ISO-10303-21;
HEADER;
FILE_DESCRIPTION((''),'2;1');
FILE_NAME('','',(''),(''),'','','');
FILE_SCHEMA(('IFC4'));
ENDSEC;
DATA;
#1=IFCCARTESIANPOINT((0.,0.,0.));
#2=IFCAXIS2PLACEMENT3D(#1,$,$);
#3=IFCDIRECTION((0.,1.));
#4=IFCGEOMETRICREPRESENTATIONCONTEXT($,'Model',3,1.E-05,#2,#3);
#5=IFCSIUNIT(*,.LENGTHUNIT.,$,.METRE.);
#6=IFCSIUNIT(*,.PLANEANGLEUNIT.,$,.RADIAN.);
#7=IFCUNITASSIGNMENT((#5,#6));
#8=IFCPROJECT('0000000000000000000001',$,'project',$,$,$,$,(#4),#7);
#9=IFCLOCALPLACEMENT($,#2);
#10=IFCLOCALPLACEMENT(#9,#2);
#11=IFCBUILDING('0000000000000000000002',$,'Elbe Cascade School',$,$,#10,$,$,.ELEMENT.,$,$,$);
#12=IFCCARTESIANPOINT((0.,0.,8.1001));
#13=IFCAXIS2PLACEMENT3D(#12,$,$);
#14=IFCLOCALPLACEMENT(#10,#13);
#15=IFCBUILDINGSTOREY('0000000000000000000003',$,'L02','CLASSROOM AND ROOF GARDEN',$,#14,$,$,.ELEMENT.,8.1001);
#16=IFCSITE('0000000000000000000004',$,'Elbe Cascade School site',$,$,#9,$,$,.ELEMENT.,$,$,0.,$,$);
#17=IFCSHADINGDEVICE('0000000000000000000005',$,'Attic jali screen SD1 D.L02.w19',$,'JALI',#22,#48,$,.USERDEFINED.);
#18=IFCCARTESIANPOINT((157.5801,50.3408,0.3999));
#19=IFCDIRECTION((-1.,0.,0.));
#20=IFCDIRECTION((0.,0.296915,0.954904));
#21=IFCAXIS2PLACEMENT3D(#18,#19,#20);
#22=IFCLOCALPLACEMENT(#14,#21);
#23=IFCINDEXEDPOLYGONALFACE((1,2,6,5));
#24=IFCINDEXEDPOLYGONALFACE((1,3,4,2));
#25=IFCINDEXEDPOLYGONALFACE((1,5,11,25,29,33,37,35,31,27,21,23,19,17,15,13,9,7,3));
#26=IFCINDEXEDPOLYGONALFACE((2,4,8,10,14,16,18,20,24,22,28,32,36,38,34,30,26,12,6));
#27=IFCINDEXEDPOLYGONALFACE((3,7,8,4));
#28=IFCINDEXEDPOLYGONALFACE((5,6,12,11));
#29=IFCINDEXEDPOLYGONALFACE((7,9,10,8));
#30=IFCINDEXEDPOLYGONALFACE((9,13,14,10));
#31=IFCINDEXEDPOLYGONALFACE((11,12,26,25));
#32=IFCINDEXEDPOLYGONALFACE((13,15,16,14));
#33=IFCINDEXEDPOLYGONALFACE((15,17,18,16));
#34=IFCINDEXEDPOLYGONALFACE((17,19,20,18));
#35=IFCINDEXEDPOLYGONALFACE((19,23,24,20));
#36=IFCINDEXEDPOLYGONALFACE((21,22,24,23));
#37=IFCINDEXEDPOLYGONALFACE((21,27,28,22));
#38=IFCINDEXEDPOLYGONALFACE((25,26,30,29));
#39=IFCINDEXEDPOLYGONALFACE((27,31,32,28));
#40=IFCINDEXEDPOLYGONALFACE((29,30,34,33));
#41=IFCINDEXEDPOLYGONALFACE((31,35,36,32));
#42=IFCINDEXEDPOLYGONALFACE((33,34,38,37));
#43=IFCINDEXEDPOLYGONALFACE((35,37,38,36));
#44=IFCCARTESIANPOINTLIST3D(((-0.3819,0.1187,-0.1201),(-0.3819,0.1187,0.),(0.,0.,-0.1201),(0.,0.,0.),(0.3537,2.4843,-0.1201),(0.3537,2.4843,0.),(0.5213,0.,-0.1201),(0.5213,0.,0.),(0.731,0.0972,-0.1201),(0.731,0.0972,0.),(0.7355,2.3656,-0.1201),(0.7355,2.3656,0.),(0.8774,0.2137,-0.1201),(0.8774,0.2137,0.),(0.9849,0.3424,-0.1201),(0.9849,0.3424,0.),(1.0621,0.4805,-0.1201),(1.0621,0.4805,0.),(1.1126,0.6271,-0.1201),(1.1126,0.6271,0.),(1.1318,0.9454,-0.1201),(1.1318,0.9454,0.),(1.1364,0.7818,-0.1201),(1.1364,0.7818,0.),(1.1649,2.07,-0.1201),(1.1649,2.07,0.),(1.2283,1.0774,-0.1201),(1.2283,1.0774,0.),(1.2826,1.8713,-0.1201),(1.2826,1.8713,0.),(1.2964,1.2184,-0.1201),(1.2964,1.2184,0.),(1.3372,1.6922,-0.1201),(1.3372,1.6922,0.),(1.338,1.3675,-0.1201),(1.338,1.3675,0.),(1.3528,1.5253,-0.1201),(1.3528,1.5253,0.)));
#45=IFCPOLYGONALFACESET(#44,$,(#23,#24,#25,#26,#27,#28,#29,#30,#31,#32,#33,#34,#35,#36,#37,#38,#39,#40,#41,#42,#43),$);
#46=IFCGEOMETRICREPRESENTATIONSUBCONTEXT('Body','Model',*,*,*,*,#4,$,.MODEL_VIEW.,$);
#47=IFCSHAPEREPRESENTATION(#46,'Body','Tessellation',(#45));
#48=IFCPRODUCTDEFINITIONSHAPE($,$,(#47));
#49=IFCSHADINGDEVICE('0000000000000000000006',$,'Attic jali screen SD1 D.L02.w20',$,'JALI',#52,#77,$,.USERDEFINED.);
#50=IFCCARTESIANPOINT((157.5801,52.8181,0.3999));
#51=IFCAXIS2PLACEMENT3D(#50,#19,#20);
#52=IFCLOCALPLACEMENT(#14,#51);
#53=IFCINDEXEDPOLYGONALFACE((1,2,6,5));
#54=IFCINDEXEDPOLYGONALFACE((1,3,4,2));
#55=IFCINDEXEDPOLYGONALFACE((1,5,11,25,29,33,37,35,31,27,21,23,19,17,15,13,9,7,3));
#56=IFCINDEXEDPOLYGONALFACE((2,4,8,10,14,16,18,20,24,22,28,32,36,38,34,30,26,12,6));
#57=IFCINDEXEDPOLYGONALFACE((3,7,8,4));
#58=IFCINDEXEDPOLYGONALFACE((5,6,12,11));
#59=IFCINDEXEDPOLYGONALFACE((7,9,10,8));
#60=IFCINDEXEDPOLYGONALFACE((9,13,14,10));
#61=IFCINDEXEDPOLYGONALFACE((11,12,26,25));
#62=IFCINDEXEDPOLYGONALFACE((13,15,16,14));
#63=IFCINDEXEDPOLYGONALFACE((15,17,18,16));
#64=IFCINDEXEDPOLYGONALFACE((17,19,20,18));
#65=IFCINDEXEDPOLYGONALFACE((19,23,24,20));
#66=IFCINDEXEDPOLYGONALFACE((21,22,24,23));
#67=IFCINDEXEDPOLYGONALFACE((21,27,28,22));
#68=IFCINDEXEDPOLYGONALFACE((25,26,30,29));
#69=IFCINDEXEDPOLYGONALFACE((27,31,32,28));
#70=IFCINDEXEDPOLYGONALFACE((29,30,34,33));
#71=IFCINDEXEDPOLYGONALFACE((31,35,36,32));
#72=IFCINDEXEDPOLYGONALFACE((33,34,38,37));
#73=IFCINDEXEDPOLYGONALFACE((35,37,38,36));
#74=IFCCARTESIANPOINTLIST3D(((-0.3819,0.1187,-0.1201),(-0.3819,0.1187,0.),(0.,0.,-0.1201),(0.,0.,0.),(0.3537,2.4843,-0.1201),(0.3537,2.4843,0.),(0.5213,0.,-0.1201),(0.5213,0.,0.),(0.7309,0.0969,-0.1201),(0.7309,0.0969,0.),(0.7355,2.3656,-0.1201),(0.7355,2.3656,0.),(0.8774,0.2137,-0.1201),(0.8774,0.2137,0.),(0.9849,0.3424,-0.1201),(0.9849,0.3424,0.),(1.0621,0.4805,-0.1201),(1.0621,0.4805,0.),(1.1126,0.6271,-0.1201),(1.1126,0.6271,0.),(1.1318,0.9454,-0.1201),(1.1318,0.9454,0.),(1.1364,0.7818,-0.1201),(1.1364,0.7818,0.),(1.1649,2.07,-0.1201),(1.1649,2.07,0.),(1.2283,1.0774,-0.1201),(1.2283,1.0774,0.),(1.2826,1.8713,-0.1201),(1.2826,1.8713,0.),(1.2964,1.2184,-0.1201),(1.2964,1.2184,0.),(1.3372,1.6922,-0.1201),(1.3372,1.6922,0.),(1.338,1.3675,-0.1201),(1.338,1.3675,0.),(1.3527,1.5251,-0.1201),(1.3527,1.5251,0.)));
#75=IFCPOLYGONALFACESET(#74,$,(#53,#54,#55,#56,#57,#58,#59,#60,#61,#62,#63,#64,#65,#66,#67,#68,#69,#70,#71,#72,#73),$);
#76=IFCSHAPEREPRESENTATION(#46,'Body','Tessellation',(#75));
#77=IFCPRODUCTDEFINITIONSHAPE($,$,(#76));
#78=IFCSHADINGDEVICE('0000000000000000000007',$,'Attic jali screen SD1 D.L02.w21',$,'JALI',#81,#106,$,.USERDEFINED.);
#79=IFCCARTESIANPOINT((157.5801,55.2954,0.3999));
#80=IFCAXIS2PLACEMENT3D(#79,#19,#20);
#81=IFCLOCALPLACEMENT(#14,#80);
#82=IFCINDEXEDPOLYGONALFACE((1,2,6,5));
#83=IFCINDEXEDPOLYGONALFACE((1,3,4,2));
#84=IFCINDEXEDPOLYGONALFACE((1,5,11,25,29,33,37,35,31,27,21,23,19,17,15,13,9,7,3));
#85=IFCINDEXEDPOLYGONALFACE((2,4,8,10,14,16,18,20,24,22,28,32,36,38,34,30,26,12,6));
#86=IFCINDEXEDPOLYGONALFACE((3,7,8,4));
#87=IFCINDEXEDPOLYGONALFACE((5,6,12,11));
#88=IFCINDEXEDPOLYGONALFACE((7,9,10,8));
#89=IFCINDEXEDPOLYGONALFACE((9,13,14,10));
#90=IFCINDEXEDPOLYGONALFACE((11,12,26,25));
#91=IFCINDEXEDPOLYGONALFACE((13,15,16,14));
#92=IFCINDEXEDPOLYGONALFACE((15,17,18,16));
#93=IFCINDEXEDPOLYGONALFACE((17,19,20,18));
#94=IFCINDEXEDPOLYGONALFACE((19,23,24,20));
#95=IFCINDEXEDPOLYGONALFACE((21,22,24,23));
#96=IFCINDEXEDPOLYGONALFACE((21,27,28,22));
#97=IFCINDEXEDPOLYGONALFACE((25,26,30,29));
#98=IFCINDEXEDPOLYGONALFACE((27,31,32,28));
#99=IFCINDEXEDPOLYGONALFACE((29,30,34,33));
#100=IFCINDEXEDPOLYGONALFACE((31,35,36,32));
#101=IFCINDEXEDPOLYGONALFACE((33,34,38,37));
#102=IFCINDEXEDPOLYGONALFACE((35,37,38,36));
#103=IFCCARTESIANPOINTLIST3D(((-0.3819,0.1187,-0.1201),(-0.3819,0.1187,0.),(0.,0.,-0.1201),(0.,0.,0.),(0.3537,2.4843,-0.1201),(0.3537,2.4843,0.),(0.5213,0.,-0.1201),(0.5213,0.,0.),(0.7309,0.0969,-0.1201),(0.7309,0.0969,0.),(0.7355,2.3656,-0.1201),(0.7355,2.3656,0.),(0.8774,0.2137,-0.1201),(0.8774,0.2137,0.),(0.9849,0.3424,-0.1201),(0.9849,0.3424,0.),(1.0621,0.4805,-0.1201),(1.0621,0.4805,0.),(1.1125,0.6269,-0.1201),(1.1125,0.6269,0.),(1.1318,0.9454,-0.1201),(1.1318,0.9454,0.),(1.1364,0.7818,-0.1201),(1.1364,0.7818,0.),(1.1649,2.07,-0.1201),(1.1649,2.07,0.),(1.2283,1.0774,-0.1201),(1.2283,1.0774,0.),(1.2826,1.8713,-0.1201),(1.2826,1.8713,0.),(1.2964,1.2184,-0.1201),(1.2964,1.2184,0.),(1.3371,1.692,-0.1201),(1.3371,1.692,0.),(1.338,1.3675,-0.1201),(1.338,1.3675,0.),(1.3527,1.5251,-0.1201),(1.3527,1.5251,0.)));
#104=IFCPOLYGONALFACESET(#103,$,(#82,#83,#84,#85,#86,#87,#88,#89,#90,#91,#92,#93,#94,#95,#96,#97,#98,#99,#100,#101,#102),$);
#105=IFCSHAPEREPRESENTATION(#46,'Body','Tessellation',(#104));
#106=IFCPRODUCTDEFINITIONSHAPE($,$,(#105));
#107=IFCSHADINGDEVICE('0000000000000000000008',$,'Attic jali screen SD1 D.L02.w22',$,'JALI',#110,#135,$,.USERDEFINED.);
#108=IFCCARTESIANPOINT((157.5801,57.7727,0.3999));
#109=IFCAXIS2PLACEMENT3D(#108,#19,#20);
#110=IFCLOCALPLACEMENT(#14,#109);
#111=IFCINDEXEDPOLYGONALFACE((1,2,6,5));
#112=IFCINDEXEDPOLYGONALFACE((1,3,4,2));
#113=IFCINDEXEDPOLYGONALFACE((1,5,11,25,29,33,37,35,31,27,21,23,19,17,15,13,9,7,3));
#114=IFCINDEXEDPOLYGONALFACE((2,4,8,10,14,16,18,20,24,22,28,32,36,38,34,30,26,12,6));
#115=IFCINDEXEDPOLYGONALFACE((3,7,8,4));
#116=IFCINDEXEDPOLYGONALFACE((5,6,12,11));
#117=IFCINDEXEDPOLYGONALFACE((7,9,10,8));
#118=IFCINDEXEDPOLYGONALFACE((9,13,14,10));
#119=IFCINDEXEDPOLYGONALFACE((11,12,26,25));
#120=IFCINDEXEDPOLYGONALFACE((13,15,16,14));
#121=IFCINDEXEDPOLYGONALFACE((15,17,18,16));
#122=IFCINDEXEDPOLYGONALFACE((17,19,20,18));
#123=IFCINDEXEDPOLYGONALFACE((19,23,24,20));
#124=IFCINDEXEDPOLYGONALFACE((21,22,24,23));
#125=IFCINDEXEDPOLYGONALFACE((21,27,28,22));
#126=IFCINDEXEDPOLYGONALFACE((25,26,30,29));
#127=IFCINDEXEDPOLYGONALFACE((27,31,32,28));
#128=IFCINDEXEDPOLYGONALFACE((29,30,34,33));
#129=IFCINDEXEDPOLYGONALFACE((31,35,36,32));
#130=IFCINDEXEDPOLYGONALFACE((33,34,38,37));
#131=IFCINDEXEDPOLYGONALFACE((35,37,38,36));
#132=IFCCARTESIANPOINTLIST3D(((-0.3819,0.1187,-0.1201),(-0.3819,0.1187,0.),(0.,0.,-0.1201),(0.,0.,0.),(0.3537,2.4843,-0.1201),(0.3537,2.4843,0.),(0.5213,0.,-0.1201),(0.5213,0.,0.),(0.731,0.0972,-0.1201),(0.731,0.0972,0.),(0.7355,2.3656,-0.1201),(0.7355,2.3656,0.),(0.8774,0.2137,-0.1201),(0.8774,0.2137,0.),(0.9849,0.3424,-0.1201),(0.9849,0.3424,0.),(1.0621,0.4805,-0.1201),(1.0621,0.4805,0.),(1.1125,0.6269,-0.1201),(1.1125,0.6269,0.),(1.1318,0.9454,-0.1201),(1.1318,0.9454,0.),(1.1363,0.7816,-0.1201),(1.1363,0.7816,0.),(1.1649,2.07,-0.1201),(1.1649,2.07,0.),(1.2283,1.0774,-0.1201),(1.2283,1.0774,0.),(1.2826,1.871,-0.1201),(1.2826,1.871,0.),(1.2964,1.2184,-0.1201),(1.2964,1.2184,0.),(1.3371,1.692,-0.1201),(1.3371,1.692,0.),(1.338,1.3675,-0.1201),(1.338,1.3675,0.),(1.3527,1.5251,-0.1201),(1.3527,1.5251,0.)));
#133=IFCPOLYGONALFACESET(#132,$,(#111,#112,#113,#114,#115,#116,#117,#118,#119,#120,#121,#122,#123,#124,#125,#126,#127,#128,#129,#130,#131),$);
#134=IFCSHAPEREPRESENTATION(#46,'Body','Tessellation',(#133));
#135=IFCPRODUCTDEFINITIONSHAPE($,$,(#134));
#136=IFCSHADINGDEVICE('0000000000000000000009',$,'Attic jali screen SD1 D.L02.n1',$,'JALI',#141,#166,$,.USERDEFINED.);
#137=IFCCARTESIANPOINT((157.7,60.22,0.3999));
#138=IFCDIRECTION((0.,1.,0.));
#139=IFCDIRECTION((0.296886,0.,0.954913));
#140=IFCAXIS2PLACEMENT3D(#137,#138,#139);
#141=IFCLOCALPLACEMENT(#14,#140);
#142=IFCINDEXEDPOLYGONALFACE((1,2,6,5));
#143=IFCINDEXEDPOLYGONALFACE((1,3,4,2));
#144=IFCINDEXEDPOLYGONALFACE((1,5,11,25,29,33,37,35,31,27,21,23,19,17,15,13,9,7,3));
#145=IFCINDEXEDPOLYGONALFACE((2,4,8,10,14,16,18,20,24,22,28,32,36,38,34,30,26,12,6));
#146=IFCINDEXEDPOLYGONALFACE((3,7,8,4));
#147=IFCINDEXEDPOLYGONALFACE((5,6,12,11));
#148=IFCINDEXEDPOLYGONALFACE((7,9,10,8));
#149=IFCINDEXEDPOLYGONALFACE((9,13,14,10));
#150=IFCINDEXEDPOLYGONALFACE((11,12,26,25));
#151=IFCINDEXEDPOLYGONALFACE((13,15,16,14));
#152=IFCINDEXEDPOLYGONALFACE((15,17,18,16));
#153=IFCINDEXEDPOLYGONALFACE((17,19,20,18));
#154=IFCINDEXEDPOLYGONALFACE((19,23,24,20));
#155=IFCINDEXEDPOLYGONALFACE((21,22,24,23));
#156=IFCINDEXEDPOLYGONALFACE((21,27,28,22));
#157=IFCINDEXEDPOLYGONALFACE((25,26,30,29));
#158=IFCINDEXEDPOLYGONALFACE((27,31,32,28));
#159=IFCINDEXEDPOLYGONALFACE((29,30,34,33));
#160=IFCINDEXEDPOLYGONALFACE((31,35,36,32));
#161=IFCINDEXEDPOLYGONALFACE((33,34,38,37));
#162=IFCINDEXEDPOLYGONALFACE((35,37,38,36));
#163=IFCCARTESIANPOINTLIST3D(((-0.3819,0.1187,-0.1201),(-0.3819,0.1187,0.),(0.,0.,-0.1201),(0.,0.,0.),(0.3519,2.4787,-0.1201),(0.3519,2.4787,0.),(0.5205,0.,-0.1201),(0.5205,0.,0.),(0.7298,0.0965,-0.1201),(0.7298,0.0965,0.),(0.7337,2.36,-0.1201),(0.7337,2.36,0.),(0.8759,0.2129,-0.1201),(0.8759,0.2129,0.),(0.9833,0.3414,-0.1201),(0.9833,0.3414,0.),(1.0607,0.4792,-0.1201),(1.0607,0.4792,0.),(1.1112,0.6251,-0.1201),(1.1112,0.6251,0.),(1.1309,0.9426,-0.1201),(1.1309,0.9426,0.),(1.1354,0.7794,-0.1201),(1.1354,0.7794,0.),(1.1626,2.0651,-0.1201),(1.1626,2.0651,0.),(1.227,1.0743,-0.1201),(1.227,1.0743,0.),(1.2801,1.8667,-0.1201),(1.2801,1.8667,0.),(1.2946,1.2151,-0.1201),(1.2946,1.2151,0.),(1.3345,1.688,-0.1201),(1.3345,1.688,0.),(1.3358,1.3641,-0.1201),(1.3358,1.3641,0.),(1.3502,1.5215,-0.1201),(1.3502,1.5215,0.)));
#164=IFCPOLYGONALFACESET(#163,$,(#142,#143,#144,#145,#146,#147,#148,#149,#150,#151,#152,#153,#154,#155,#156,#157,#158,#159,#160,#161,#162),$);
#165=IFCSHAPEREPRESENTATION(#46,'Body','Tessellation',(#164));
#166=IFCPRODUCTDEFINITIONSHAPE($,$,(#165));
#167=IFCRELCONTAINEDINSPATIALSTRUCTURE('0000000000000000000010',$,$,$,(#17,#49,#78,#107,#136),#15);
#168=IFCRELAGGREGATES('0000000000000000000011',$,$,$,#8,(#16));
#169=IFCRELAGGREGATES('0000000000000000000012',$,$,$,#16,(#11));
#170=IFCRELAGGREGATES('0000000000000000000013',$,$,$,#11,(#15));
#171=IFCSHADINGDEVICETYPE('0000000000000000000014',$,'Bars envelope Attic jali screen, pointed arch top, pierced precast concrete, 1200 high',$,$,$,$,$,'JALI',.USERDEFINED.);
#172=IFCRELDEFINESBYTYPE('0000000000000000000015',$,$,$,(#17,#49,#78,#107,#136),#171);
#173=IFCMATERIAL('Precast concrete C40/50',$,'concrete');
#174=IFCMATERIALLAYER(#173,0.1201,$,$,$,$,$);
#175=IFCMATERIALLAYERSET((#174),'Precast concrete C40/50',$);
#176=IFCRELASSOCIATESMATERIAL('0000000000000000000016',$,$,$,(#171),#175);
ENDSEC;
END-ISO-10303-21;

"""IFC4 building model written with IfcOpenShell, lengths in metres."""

from ifc_helpers import new_model, si_unit, direction, frame, origin, place, context, subcontext, project, spatial, polyline, outline, extrude, material, layer, layer_set, type_object, element, save


model = new_model("IFC4")

# Units and contexts
model_context = context("Model", 3, precision=1e-05, world=origin(), true_north=direction((0.0, 1.0)))
body_context = subcontext(model_context, "Body", "Model", "MODEL_VIEW")
ifc_project = project(units=[si_unit("LENGTHUNIT", "METRE"), si_unit("PLANEANGLEUNIT", "RADIAN")], contexts=[model_context])

# Site, building, storey
site_placement = place(None, origin())
site = spatial("IfcSite", under=ifc_project, at=site_placement, Name="Elbe Cascade School site", CompositionType="ELEMENT", RefElevation=0.0)
building_placement = place(site_placement, origin())
building = spatial("IfcBuilding", under=site, at=building_placement, Name="Elbe Cascade School", CompositionType="ELEMENT")
storey_placement = place(building_placement, frame((0.0, 0.0, 8.1001)))
storey = spatial("IfcBuildingStorey", under=building, at=storey_placement, Name="L02", Description="CLASSROOM AND ROOF GARDEN", CompositionType="ELEMENT", Elevation=8.1001)

# Shading devices
ifc_material_1 = material(Name="Precast concrete C40/50", Category="concrete")
ifc_layer_1 = layer(ifc_material_1, 0.1201)
ifc_layer_set_1 = layer_set([ifc_layer_1], Name="Precast concrete C40/50")
shading_device_type_1 = type_object("IfcShadingDeviceType", Name="Bars envelope Attic jali screen, pointed arch top, pierced precast concrete, 1200 high", ElementType="JALI", PredefinedType="USERDEFINED", material=ifc_layer_set_1)
shading_device_1_placement = place(storey_placement, frame((157.5801, 50.3408, 0.3999), z_axis=(-1.0, 0.0, 0.0), x_axis=(0.0, 0.296915, 0.954904)))
element("IfcShadingDevice", 1, at=shading_device_1_placement, inside=storey, type_object=shading_device_type_1, Name="Attic jali screen SD1 D.L02.w19", ObjectType="JALI", PredefinedType="USERDEFINED", context=body_context, shape_type="SweptSolid", body=[
    extrude(outline(polyline([(0.0, 0.0), (0.5213, 0.0), (0.731, 0.0972), (0.8774, 0.2137), (0.9849, 0.3424), (1.0621, 0.4805), (1.1126, 0.6271), (1.1364, 0.7818), (1.1318, 0.9454), (1.2283, 1.0774), (1.2964, 1.2184), (1.338, 1.3675), (1.3528, 1.5253), (1.3372, 1.6922), (1.2826, 1.8713), (1.1649, 2.07), (0.7355, 2.3656), (0.3537, 2.4843), (-0.3819, 0.1187), (0.0, 0.0)])), origin(), (0.0, 0.0, -1.0), 0.1201),
])
shading_device_2_placement = place(storey_placement, frame((157.5801, 52.8181, 0.3999), z_axis=(-1.0, 0.0, 0.0), x_axis=(0.0, 0.296915, 0.954904)))
element("IfcShadingDevice", 2, at=shading_device_2_placement, inside=storey, type_object=shading_device_type_1, Name="Attic jali screen SD1 D.L02.w20", ObjectType="JALI", PredefinedType="USERDEFINED", context=body_context, shape_type="SweptSolid", body=[
    extrude(outline(polyline([(0.0, 0.0), (0.5213, 0.0), (0.7309, 0.0969), (0.8774, 0.2137), (0.9849, 0.3424), (1.0621, 0.4805), (1.1126, 0.6271), (1.1364, 0.7818), (1.1318, 0.9454), (1.2283, 1.0774), (1.2964, 1.2184), (1.338, 1.3675), (1.3527, 1.5251), (1.3372, 1.6922), (1.2826, 1.8713), (1.1649, 2.07), (0.7355, 2.3656), (0.3537, 2.4843), (-0.3819, 0.1187), (0.0, 0.0)])), origin(), (0.0, 0.0, -1.0), 0.1201),
])
shading_device_3_placement = place(storey_placement, frame((157.5801, 55.2954, 0.3999), z_axis=(-1.0, 0.0, 0.0), x_axis=(0.0, 0.296915, 0.954904)))
element("IfcShadingDevice", 3, at=shading_device_3_placement, inside=storey, type_object=shading_device_type_1, Name="Attic jali screen SD1 D.L02.w21", ObjectType="JALI", PredefinedType="USERDEFINED", context=body_context, shape_type="SweptSolid", body=[
    extrude(outline(polyline([(0.0, 0.0), (0.5213, 0.0), (0.7309, 0.0969), (0.8774, 0.2137), (0.9849, 0.3424), (1.0621, 0.4805), (1.1125, 0.6269), (1.1364, 0.7818), (1.1318, 0.9454), (1.2283, 1.0774), (1.2964, 1.2184), (1.338, 1.3675), (1.3527, 1.5251), (1.3371, 1.692), (1.2826, 1.8713), (1.1649, 2.07), (0.7355, 2.3656), (0.3537, 2.4843), (-0.3819, 0.1187), (0.0, 0.0)])), origin(), (0.0, 0.0, -1.0), 0.1201),
])
shading_device_4_placement = place(storey_placement, frame((157.5801, 57.7727, 0.3999), z_axis=(-1.0, 0.0, 0.0), x_axis=(0.0, 0.296915, 0.954904)))
element("IfcShadingDevice", 4, at=shading_device_4_placement, inside=storey, type_object=shading_device_type_1, Name="Attic jali screen SD1 D.L02.w22", ObjectType="JALI", PredefinedType="USERDEFINED", context=body_context, shape_type="SweptSolid", body=[
    extrude(outline(polyline([(0.0, 0.0), (0.5213, 0.0), (0.731, 0.0972), (0.8774, 0.2137), (0.9849, 0.3424), (1.0621, 0.4805), (1.1125, 0.6269), (1.1363, 0.7816), (1.1318, 0.9454), (1.2283, 1.0774), (1.2964, 1.2184), (1.338, 1.3675), (1.3527, 1.5251), (1.3371, 1.692), (1.2826, 1.871), (1.1649, 2.07), (0.7355, 2.3656), (0.3537, 2.4843), (-0.3819, 0.1187), (0.0, 0.0)])), origin(), (0.0, 0.0, -1.0), 0.1201),
])
shading_device_5_placement = place(storey_placement, frame((157.7, 60.22, 0.3999), z_axis=(0.0, 1.0, 0.0), x_axis=(0.296886, 0.0, 0.954913)))
element("IfcShadingDevice", 5, at=shading_device_5_placement, inside=storey, type_object=shading_device_type_1, Name="Attic jali screen SD1 D.L02.n1", ObjectType="JALI", PredefinedType="USERDEFINED", context=body_context, shape_type="SweptSolid", body=[
    extrude(outline(polyline([(0.0, 0.0), (0.5205, 0.0), (0.7298, 0.0965), (0.8759, 0.2129), (0.9833, 0.3414), (1.0607, 0.4792), (1.1112, 0.6251), (1.1354, 0.7794), (1.1309, 0.9426), (1.227, 1.0743), (1.2946, 1.2151), (1.3358, 1.3641), (1.3502, 1.5215), (1.3345, 1.688), (1.2801, 1.8667), (1.1626, 2.0651), (0.7337, 2.36), (0.3519, 2.4787), (-0.3819, 0.1187), (0.0, 0.0)])), origin(), (0.0, 0.0, -1.0), 0.1201),
])

save(model, "model.ifc")
